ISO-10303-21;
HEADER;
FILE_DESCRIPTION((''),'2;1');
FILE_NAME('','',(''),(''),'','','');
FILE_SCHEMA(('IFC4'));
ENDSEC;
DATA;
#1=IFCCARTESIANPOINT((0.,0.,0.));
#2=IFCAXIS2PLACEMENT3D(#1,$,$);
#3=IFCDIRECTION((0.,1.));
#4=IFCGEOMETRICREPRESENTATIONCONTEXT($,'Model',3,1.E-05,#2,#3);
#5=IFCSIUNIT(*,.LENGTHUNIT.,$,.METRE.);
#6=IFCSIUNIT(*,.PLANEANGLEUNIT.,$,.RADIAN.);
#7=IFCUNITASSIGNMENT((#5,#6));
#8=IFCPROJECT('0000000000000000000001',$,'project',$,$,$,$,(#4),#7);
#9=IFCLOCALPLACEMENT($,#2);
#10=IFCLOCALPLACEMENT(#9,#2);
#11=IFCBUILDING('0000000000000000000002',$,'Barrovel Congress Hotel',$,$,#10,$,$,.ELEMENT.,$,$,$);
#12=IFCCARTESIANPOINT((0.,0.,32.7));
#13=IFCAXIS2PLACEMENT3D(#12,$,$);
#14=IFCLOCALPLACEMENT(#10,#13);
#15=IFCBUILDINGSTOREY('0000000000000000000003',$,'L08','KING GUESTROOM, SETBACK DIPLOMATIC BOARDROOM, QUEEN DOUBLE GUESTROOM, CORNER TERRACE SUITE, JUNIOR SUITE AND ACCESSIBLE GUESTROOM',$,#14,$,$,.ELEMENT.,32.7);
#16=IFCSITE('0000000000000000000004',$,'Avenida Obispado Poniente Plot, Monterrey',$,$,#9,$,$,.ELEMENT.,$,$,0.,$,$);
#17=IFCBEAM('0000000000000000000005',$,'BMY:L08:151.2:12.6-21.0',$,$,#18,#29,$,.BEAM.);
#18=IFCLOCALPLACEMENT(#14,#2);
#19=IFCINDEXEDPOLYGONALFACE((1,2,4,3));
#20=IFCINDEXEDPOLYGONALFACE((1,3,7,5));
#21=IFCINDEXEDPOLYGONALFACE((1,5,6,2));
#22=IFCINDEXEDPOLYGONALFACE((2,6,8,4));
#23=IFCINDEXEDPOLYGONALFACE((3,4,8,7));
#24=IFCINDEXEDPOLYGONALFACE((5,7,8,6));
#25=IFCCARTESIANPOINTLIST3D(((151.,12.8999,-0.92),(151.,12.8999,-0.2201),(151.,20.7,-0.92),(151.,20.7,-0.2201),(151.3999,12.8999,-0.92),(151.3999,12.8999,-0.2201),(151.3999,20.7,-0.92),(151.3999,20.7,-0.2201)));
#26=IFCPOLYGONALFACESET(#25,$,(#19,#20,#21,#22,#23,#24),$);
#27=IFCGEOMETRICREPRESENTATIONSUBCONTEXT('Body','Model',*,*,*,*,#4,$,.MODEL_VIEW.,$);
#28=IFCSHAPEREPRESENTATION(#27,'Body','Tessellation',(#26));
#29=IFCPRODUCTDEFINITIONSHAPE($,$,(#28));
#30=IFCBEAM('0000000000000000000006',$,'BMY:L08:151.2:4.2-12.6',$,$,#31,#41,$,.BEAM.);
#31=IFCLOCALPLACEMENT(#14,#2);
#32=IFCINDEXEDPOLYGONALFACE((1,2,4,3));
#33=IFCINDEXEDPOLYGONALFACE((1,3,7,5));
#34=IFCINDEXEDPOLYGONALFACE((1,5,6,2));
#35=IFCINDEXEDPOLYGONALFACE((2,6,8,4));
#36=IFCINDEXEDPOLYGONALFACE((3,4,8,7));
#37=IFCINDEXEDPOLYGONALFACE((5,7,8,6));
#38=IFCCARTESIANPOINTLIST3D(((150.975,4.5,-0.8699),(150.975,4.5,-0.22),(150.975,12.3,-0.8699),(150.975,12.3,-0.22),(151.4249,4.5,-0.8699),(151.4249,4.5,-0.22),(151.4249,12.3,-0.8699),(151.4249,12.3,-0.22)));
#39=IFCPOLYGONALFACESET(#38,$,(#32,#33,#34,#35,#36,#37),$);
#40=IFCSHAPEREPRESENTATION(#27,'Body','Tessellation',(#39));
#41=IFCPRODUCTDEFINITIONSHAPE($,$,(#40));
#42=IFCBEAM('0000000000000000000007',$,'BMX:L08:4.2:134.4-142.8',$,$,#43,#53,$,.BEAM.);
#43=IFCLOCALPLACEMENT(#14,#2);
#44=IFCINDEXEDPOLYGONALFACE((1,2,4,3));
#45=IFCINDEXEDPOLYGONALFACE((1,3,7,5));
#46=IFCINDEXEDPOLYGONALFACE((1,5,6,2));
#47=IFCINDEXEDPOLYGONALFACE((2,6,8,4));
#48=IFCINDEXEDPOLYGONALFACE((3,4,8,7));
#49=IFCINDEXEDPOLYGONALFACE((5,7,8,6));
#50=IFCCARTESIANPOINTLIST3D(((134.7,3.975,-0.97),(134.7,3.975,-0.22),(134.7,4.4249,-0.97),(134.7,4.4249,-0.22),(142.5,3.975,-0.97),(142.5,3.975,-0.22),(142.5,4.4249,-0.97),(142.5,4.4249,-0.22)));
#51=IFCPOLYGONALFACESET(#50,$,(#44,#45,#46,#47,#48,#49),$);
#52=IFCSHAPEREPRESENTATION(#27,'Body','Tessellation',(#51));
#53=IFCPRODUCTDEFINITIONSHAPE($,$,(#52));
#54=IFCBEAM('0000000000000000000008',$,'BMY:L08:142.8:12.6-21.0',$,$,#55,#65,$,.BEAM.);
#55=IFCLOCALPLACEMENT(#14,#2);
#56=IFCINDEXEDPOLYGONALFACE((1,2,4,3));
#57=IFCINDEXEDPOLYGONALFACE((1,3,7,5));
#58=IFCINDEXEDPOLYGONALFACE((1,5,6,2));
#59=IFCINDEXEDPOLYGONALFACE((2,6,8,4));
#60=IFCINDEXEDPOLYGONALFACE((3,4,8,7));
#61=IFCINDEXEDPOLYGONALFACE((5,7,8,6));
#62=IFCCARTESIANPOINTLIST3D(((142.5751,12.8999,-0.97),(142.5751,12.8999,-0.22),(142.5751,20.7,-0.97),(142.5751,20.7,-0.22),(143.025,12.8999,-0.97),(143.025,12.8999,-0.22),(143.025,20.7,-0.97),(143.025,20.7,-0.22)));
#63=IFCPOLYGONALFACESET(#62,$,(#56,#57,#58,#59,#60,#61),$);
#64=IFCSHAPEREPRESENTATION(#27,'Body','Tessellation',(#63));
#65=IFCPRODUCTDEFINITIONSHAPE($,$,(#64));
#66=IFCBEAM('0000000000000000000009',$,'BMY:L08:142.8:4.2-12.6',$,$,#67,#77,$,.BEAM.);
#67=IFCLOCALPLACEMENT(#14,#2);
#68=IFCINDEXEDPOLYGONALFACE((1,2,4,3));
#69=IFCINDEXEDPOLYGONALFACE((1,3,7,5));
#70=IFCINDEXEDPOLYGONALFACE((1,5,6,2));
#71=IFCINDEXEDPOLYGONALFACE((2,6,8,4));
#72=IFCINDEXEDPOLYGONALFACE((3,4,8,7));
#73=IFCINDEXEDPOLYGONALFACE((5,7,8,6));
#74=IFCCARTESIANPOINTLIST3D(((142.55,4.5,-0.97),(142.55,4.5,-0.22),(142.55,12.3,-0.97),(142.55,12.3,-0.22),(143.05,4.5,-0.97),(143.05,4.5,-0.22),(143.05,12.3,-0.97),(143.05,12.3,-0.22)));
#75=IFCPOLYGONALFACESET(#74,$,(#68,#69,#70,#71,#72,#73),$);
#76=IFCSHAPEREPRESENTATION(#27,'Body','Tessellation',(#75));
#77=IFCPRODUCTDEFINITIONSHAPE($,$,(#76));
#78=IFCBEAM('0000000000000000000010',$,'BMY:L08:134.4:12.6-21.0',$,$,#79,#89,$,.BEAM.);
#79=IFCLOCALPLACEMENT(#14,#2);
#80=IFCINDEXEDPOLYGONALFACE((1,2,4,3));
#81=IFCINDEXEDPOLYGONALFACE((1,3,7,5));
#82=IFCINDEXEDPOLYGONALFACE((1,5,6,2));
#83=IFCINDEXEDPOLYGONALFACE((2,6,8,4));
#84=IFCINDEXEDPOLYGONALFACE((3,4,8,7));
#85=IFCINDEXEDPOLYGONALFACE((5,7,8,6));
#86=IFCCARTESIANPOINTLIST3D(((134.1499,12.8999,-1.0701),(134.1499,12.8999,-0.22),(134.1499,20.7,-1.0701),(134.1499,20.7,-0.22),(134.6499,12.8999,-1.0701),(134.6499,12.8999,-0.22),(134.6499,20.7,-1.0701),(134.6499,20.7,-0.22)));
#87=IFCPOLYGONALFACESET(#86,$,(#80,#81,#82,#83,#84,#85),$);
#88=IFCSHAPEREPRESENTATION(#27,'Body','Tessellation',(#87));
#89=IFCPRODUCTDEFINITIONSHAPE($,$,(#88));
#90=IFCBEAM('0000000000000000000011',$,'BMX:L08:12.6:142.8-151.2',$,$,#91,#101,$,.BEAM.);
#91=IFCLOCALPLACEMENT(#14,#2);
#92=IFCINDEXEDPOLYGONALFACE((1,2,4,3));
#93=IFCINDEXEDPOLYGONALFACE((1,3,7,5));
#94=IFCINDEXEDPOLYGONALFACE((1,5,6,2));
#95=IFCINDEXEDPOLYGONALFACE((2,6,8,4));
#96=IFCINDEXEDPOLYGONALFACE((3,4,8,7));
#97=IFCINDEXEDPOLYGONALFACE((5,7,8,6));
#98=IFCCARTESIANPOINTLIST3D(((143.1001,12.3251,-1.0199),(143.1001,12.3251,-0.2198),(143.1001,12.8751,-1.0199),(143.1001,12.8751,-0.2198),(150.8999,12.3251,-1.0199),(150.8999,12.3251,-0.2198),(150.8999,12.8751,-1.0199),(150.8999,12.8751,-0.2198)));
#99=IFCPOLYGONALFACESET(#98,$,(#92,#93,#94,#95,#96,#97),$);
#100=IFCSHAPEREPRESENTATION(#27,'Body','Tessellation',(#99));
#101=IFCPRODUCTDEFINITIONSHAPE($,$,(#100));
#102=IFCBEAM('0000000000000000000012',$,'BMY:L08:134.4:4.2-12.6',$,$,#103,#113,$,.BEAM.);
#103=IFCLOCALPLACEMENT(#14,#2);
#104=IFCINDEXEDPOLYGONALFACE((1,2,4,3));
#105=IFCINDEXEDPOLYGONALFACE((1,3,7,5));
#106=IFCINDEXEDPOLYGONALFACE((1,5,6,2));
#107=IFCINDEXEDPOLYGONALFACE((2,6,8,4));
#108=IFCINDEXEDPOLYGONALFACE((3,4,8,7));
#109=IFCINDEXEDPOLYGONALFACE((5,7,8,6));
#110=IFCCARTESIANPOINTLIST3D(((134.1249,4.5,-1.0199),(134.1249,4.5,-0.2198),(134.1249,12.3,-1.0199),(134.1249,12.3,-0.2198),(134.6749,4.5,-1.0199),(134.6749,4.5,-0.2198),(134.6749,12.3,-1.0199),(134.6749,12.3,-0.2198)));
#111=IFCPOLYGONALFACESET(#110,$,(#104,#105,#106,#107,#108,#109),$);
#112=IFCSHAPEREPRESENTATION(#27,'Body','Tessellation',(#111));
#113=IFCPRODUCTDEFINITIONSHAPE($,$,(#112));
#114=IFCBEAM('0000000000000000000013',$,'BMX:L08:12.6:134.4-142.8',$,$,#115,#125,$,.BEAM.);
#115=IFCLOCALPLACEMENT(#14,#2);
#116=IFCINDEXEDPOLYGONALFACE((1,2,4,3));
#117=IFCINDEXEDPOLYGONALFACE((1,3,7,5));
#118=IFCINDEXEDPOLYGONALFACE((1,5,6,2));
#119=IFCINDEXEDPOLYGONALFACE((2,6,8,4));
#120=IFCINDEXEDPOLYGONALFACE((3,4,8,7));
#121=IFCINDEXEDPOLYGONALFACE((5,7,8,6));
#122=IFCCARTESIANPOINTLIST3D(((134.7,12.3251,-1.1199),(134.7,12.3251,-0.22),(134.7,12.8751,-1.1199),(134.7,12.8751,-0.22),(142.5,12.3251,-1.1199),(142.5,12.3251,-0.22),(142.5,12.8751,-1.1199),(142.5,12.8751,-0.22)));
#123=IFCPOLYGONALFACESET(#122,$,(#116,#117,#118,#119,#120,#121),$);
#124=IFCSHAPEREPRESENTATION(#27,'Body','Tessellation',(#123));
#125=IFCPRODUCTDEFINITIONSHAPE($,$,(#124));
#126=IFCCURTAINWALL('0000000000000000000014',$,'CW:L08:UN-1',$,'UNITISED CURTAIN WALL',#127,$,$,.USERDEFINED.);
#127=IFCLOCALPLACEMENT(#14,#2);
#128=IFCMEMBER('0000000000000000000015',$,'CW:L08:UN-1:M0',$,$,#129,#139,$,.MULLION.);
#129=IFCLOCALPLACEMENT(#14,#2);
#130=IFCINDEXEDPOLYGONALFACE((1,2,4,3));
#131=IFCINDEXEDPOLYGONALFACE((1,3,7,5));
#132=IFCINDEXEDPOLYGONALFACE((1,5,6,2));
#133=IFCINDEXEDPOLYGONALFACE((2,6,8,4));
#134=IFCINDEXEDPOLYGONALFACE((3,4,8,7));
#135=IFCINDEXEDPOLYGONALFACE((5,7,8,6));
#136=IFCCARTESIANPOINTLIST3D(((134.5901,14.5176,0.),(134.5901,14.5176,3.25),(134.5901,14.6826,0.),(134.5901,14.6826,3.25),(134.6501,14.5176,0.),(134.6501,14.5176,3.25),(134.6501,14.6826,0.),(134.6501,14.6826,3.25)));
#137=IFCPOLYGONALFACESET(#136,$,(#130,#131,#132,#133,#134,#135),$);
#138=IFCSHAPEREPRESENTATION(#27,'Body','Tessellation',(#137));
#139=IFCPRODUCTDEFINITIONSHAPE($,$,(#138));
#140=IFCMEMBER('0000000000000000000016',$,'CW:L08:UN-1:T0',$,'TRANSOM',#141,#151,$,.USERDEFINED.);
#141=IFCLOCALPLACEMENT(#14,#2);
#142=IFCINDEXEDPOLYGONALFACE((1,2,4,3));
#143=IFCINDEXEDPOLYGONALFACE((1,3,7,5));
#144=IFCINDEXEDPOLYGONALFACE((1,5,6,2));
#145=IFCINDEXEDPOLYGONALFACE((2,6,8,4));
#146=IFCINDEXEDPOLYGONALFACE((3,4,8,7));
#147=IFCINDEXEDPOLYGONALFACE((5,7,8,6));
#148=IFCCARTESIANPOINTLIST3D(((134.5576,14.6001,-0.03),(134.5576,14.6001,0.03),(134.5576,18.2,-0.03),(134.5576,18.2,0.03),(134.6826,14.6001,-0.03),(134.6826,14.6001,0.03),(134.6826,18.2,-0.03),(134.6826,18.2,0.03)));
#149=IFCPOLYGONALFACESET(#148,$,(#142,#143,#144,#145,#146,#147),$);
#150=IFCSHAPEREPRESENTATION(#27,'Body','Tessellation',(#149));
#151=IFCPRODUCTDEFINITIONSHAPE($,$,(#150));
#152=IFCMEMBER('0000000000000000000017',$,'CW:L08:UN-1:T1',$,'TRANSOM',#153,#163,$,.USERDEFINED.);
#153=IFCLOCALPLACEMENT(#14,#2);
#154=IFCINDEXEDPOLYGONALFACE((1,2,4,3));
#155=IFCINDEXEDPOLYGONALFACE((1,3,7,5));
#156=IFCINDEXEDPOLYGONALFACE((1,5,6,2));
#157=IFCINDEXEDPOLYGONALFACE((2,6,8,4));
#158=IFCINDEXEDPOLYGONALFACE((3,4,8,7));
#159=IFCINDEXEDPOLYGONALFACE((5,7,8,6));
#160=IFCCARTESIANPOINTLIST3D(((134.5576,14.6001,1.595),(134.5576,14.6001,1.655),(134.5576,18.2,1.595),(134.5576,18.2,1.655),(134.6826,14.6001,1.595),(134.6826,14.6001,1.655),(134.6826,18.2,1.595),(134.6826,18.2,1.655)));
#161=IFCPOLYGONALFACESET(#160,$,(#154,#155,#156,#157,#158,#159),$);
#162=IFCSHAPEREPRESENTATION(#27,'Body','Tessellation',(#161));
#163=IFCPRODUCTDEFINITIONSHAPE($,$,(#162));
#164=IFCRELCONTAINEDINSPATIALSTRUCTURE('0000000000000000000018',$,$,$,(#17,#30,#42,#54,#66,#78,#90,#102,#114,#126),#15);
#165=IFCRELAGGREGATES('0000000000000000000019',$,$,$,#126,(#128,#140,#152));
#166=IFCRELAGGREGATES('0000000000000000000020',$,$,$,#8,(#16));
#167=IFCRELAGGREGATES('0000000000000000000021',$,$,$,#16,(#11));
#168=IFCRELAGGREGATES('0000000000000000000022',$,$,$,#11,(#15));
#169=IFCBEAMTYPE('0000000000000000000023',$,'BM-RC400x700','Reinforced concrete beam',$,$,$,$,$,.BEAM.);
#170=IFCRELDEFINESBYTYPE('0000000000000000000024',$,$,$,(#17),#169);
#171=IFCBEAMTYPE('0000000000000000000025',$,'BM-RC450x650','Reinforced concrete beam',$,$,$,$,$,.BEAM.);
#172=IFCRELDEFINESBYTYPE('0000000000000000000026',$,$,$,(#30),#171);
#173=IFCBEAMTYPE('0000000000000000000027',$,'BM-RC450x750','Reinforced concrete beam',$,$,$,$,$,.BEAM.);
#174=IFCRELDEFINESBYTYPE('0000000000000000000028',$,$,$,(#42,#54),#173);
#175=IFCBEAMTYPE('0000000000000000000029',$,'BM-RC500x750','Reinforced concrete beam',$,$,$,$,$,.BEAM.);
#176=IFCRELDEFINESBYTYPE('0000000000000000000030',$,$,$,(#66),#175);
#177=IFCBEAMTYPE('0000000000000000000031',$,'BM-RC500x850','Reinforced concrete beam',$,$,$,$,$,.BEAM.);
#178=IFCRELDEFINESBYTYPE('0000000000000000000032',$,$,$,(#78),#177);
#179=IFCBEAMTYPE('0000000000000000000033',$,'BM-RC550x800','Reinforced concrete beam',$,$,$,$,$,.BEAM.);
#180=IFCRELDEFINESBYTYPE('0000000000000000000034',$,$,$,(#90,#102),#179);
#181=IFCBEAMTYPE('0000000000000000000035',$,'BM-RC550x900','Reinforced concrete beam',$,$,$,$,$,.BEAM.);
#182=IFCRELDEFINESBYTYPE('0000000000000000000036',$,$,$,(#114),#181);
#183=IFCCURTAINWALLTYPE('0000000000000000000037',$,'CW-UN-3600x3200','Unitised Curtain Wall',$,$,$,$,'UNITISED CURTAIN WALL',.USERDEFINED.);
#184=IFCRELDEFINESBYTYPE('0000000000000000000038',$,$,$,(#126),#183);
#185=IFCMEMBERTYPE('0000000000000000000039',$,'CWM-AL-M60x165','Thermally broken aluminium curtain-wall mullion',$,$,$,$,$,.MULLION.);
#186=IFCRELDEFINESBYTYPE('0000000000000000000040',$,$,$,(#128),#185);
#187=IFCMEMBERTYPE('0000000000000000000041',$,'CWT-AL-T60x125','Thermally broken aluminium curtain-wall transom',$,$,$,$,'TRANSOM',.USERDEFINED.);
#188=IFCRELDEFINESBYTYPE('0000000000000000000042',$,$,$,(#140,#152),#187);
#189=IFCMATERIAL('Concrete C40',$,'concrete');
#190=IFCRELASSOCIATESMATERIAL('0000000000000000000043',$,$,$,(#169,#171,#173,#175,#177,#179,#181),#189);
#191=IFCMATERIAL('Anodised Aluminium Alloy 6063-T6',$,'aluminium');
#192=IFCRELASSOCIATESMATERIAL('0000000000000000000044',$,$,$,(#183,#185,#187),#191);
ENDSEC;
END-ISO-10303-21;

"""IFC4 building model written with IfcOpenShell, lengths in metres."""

from ifc_helpers import new_model, si_unit, direction, frame, origin, origin_2d, place, context, subcontext, project, spatial, rectangle, extrude, material, material_profile, profile_set, type_object, element, aggregate, save


model = new_model("IFC4")

# Units and contexts
model_context = context("Model", 3, precision=1e-05, world=origin(), true_north=direction((0.0, 1.0)))
body_context = subcontext(model_context, "Body", "Model", "MODEL_VIEW")
ifc_project = project(units=[si_unit("LENGTHUNIT", "METRE"), si_unit("PLANEANGLEUNIT", "RADIAN")], contexts=[model_context])

# Site, building, storey
site_placement = place(None, origin())
site = spatial("IfcSite", under=ifc_project, at=site_placement, Name="Avenida Obispado Poniente Plot, Monterrey", CompositionType="ELEMENT", RefElevation=0.0)
building_placement = place(site_placement, origin())
building = spatial("IfcBuilding", under=site, at=building_placement, Name="Barrovel Congress Hotel", CompositionType="ELEMENT")
storey_placement = place(building_placement, frame((0.0, 0.0, 32.7)))
storey = spatial("IfcBuildingStorey", under=building, at=storey_placement, Name="L08", Description="KING GUESTROOM, SETBACK DIPLOMATIC BOARDROOM, QUEEN DOUBLE GUESTROOM, CORNER TERRACE SUITE, JUNIOR SUITE AND ACCESSIBLE GUESTROOM", CompositionType="ELEMENT", Elevation=32.7)

# Beams
ifc_material_1 = material(Name="Concrete C40", Category="concrete")
ifc_material_profile_1 = material_profile(ifc_material_1, rectangle(XDim=0.3999, YDim=0.7, at=origin_2d()), Name="RC400x700")
ifc_profile_set_1 = profile_set([ifc_material_profile_1], Name="Concrete C40")
beam_type_1 = type_object("IfcBeamType", Name="BM-RC400x700", Description="Reinforced concrete beam", PredefinedType="BEAM", material=ifc_profile_set_1)
beam_1_placement = place(storey_placement, frame((151.2, 12.8999, -0.5701), z_axis=(0.0, 1.0, 0.0), x_axis=(-1.0, 0.0, 0.0)))
element("IfcBeam", 1, at=beam_1_placement, inside=storey, type_object=beam_type_1, Name="BMY:L08:151.2:12.6-21.0", PredefinedType="BEAM", context=body_context, shape_type="SweptSolid", body=[
    extrude(rectangle(XDim=0.3999, YDim=0.7, at=origin_2d()), origin(), (0.0, 0.0, 1.0), 7.8),
])
ifc_material_profile_2 = material_profile(ifc_material_1, rectangle(XDim=0.45, YDim=0.6499, at=origin_2d()), Name="RC450x650")
ifc_profile_set_2 = profile_set([ifc_material_profile_2], Name="Concrete C40")
beam_type_2 = type_object("IfcBeamType", Name="BM-RC450x650", Description="Reinforced concrete beam", PredefinedType="BEAM", material=ifc_profile_set_2)
beam_2_placement = place(storey_placement, frame((151.2, 4.5, -0.5449), z_axis=(0.0, 1.0, 0.0), x_axis=(-1.0, 0.0, 0.0)))
element("IfcBeam", 2, at=beam_2_placement, inside=storey, type_object=beam_type_2, Name="BMY:L08:151.2:4.2-12.6", PredefinedType="BEAM", context=body_context, shape_type="SweptSolid", body=[
    extrude(rectangle(XDim=0.45, YDim=0.6499, at=origin_2d()), origin(), (0.0, 0.0, 1.0), 7.8),
])
ifc_material_profile_3 = material_profile(ifc_material_1, rectangle(XDim=0.45, YDim=0.75, at=origin_2d()), Name="RC450x750")
ifc_profile_set_3 = profile_set([ifc_material_profile_3], Name="Concrete C40")
beam_type_3 = type_object("IfcBeamType", Name="BM-RC450x750", Description="Reinforced concrete beam", PredefinedType="BEAM", material=ifc_profile_set_3)
for number, where, z_axis, x_axis, name in (
    (3, (134.7, 4.2, -0.595), (1.0, 0.0, 0.0), (0.0, 1.0, 0.0), "BMX:L08:4.2:134.4-142.8"),
    (4, (142.8, 12.8999, -0.595), (0.0, 1.0, 0.0), (-1.0, 0.0, 0.0), "BMY:L08:142.8:12.6-21.0"),
):
    element("IfcBeam", number, at=place(storey_placement, frame(where, z_axis=z_axis, x_axis=x_axis)), inside=storey, type_object=beam_type_3, Name=name, PredefinedType="BEAM", context=body_context, shape_type="SweptSolid", body=[
        extrude(rectangle(XDim=0.45, YDim=0.75, at=origin_2d()), origin(), (0.0, 0.0, 1.0), 7.8),
    ])
ifc_material_profile_4 = material_profile(ifc_material_1, rectangle(XDim=0.5, YDim=0.75, at=origin_2d()), Name="RC500x750")
ifc_profile_set_4 = profile_set([ifc_material_profile_4], Name="Concrete C40")
beam_type_4 = type_object("IfcBeamType", Name="BM-RC500x750", Description="Reinforced concrete beam", PredefinedType="BEAM", material=ifc_profile_set_4)
beam_3_placement = place(storey_placement, frame((142.8, 4.5, -0.595), z_axis=(0.0, 1.0, 0.0), x_axis=(-1.0, 0.0, 0.0)))
element("IfcBeam", 5, at=beam_3_placement, inside=storey, type_object=beam_type_4, Name="BMY:L08:142.8:4.2-12.6", PredefinedType="BEAM", context=body_context, shape_type="SweptSolid", body=[
    extrude(rectangle(XDim=0.5, YDim=0.75, at=origin_2d()), origin(), (0.0, 0.0, 1.0), 7.8),
])
ifc_material_profile_5 = material_profile(ifc_material_1, rectangle(XDim=0.5, YDim=0.8501, at=origin_2d()), Name="RC500x850")
ifc_profile_set_5 = profile_set([ifc_material_profile_5], Name="Concrete C40")
beam_type_5 = type_object("IfcBeamType", Name="BM-RC500x850", Description="Reinforced concrete beam", PredefinedType="BEAM", material=ifc_profile_set_5)
beam_4_placement = place(storey_placement, frame((134.3999, 12.8999, -0.645), z_axis=(0.0, 1.0, 0.0), x_axis=(-1.0, 0.0, 0.0)))
element("IfcBeam", 6, at=beam_4_placement, inside=storey, type_object=beam_type_5, Name="BMY:L08:134.4:12.6-21.0", PredefinedType="BEAM", context=body_context, shape_type="SweptSolid", body=[
    extrude(rectangle(XDim=0.5, YDim=0.8501, at=origin_2d()), origin(), (0.0, 0.0, 1.0), 7.8),
])
ifc_material_profile_6 = material_profile(ifc_material_1, rectangle(XDim=0.55, YDim=0.8, at=origin_2d()), Name="RC550x800")
ifc_profile_set_6 = profile_set([ifc_material_profile_6], Name="Concrete C40")
beam_type_6 = type_object("IfcBeamType", Name="BM-RC550x800", Description="Reinforced concrete beam", PredefinedType="BEAM", material=ifc_profile_set_6)
beam_5_placement = place(storey_placement, frame((143.1001, 12.6001, -0.6199), z_axis=(1.0, 0.0, 0.0), x_axis=(0.0, 1.0, 0.0)))
element("IfcBeam", 7, at=beam_5_placement, inside=storey, type_object=beam_type_6, Name="BMX:L08:12.6:142.8-151.2", PredefinedType="BEAM", context=body_context, shape_type="SweptSolid", body=[
    extrude(rectangle(XDim=0.55, YDim=0.8, at=origin_2d()), origin(), (0.0, 0.0, 1.0), 7.7998),
])
beam_6_placement = place(storey_placement, frame((134.3999, 4.5, -0.6199), z_axis=(0.0, 1.0, 0.0), x_axis=(-1.0, 0.0, 0.0)))
element("IfcBeam", 8, at=beam_6_placement, inside=storey, type_object=beam_type_6, Name="BMY:L08:134.4:4.2-12.6", PredefinedType="BEAM", context=body_context, shape_type="SweptSolid", body=[
    extrude(rectangle(XDim=0.55, YDim=0.8, at=origin_2d()), origin(), (0.0, 0.0, 1.0), 7.8),
])
ifc_material_profile_7 = material_profile(ifc_material_1, rectangle(XDim=0.55, YDim=0.8999, at=origin_2d()), Name="RC550x900")
ifc_profile_set_7 = profile_set([ifc_material_profile_7], Name="Concrete C40")
beam_type_7 = type_object("IfcBeamType", Name="BM-RC550x900", Description="Reinforced concrete beam", PredefinedType="BEAM", material=ifc_profile_set_7)
beam_7_placement = place(storey_placement, frame((134.7, 12.6001, -0.6699), z_axis=(1.0, 0.0, 0.0), x_axis=(0.0, 1.0, 0.0)))
element("IfcBeam", 9, at=beam_7_placement, inside=storey, type_object=beam_type_7, Name="BMX:L08:12.6:134.4-142.8", PredefinedType="BEAM", context=body_context, shape_type="SweptSolid", body=[
    extrude(rectangle(XDim=0.55, YDim=0.8999, at=origin_2d()), origin(), (0.0, 0.0, 1.0), 7.8),
])

# Curtain wall, members
ifc_material_2 = material(Name="Anodised Aluminium Alloy 6063-T6", Category="aluminium")
curtain_wall_type = type_object("IfcCurtainWallType", Name="CW-UN-3600x3200", Description="Unitised Curtain Wall", ElementType="UNITISED CURTAIN WALL", PredefinedType="USERDEFINED", material=ifc_material_2)
curtain_wall_placement = place(storey_placement, origin())
curtain_wall = element("IfcCurtainWall", 10, at=curtain_wall_placement, inside=storey, type_object=curtain_wall_type, Name="CW:L08:UN-1", ObjectType="UNITISED CURTAIN WALL", PredefinedType="USERDEFINED")
ifc_material_profile_8 = material_profile(ifc_material_2, rectangle(XDim=0.0601, YDim=0.165, at=origin_2d()), Name="AL-M60x165")
ifc_profile_set_8 = profile_set([ifc_material_profile_8], Name="Anodised Aluminium Alloy 6063-T6")
member_type_1 = type_object("IfcMemberType", Name="CWM-AL-M60x165", Description="Thermally broken aluminium curtain-wall mullion", PredefinedType="MULLION", material=ifc_profile_set_8)
member_1_placement = place(storey_placement, frame((134.6201, 14.6001, 0.0), z_axis=(0.0, 0.0, 1.0), x_axis=(1.0, 0.0, 0.0)))
member_1 = element("IfcMember", 11, at=member_1_placement, type_object=member_type_1, Name="CW:L08:UN-1:M0", PredefinedType="MULLION", context=body_context, shape_type="SweptSolid", body=[
    extrude(rectangle(XDim=0.0601, YDim=0.165, at=origin_2d()), origin(), (0.0, 0.0, 1.0), 3.25),
])
ifc_material_profile_9 = material_profile(ifc_material_2, rectangle(XDim=0.125, YDim=0.0601, at=origin_2d()), Name="AL-T60x125")
ifc_profile_set_9 = profile_set([ifc_material_profile_9], Name="Anodised Aluminium Alloy 6063-T6")
member_type_2 = type_object("IfcMemberType", Name="CWT-AL-T60x125", Description="Thermally broken aluminium curtain-wall transom", ElementType="TRANSOM", PredefinedType="USERDEFINED", material=ifc_profile_set_9)
member_2_placement = place(storey_placement, frame((134.6201, 14.6001, 0.0), z_axis=(0.0, 1.0, 0.0), x_axis=(-1.0, 0.0, 0.0)))
member_2 = element("IfcMember", 12, at=member_2_placement, type_object=member_type_2, Name="CW:L08:UN-1:T0", ObjectType="TRANSOM", PredefinedType="USERDEFINED", context=body_context, shape_type="SweptSolid", body=[
    extrude(rectangle(XDim=0.125, YDim=0.0601, at=origin_2d()), origin(), (0.0, 0.0, 1.0), 3.5999),
])
member_3_placement = place(storey_placement, frame((134.6201, 14.6001, 1.625), z_axis=(0.0, 1.0, 0.0), x_axis=(-1.0, 0.0, 0.0)))
member_3 = element("IfcMember", 13, at=member_3_placement, type_object=member_type_2, Name="CW:L08:UN-1:T1", ObjectType="TRANSOM", PredefinedType="USERDEFINED", context=body_context, shape_type="SweptSolid", body=[
    extrude(rectangle(XDim=0.125, YDim=0.0601, at=origin_2d()), origin(), (0.0, 0.0, 1.0), 3.5999),
])
aggregate(curtain_wall, [member_1, member_2, member_3])

save(model, "model.ifc")
